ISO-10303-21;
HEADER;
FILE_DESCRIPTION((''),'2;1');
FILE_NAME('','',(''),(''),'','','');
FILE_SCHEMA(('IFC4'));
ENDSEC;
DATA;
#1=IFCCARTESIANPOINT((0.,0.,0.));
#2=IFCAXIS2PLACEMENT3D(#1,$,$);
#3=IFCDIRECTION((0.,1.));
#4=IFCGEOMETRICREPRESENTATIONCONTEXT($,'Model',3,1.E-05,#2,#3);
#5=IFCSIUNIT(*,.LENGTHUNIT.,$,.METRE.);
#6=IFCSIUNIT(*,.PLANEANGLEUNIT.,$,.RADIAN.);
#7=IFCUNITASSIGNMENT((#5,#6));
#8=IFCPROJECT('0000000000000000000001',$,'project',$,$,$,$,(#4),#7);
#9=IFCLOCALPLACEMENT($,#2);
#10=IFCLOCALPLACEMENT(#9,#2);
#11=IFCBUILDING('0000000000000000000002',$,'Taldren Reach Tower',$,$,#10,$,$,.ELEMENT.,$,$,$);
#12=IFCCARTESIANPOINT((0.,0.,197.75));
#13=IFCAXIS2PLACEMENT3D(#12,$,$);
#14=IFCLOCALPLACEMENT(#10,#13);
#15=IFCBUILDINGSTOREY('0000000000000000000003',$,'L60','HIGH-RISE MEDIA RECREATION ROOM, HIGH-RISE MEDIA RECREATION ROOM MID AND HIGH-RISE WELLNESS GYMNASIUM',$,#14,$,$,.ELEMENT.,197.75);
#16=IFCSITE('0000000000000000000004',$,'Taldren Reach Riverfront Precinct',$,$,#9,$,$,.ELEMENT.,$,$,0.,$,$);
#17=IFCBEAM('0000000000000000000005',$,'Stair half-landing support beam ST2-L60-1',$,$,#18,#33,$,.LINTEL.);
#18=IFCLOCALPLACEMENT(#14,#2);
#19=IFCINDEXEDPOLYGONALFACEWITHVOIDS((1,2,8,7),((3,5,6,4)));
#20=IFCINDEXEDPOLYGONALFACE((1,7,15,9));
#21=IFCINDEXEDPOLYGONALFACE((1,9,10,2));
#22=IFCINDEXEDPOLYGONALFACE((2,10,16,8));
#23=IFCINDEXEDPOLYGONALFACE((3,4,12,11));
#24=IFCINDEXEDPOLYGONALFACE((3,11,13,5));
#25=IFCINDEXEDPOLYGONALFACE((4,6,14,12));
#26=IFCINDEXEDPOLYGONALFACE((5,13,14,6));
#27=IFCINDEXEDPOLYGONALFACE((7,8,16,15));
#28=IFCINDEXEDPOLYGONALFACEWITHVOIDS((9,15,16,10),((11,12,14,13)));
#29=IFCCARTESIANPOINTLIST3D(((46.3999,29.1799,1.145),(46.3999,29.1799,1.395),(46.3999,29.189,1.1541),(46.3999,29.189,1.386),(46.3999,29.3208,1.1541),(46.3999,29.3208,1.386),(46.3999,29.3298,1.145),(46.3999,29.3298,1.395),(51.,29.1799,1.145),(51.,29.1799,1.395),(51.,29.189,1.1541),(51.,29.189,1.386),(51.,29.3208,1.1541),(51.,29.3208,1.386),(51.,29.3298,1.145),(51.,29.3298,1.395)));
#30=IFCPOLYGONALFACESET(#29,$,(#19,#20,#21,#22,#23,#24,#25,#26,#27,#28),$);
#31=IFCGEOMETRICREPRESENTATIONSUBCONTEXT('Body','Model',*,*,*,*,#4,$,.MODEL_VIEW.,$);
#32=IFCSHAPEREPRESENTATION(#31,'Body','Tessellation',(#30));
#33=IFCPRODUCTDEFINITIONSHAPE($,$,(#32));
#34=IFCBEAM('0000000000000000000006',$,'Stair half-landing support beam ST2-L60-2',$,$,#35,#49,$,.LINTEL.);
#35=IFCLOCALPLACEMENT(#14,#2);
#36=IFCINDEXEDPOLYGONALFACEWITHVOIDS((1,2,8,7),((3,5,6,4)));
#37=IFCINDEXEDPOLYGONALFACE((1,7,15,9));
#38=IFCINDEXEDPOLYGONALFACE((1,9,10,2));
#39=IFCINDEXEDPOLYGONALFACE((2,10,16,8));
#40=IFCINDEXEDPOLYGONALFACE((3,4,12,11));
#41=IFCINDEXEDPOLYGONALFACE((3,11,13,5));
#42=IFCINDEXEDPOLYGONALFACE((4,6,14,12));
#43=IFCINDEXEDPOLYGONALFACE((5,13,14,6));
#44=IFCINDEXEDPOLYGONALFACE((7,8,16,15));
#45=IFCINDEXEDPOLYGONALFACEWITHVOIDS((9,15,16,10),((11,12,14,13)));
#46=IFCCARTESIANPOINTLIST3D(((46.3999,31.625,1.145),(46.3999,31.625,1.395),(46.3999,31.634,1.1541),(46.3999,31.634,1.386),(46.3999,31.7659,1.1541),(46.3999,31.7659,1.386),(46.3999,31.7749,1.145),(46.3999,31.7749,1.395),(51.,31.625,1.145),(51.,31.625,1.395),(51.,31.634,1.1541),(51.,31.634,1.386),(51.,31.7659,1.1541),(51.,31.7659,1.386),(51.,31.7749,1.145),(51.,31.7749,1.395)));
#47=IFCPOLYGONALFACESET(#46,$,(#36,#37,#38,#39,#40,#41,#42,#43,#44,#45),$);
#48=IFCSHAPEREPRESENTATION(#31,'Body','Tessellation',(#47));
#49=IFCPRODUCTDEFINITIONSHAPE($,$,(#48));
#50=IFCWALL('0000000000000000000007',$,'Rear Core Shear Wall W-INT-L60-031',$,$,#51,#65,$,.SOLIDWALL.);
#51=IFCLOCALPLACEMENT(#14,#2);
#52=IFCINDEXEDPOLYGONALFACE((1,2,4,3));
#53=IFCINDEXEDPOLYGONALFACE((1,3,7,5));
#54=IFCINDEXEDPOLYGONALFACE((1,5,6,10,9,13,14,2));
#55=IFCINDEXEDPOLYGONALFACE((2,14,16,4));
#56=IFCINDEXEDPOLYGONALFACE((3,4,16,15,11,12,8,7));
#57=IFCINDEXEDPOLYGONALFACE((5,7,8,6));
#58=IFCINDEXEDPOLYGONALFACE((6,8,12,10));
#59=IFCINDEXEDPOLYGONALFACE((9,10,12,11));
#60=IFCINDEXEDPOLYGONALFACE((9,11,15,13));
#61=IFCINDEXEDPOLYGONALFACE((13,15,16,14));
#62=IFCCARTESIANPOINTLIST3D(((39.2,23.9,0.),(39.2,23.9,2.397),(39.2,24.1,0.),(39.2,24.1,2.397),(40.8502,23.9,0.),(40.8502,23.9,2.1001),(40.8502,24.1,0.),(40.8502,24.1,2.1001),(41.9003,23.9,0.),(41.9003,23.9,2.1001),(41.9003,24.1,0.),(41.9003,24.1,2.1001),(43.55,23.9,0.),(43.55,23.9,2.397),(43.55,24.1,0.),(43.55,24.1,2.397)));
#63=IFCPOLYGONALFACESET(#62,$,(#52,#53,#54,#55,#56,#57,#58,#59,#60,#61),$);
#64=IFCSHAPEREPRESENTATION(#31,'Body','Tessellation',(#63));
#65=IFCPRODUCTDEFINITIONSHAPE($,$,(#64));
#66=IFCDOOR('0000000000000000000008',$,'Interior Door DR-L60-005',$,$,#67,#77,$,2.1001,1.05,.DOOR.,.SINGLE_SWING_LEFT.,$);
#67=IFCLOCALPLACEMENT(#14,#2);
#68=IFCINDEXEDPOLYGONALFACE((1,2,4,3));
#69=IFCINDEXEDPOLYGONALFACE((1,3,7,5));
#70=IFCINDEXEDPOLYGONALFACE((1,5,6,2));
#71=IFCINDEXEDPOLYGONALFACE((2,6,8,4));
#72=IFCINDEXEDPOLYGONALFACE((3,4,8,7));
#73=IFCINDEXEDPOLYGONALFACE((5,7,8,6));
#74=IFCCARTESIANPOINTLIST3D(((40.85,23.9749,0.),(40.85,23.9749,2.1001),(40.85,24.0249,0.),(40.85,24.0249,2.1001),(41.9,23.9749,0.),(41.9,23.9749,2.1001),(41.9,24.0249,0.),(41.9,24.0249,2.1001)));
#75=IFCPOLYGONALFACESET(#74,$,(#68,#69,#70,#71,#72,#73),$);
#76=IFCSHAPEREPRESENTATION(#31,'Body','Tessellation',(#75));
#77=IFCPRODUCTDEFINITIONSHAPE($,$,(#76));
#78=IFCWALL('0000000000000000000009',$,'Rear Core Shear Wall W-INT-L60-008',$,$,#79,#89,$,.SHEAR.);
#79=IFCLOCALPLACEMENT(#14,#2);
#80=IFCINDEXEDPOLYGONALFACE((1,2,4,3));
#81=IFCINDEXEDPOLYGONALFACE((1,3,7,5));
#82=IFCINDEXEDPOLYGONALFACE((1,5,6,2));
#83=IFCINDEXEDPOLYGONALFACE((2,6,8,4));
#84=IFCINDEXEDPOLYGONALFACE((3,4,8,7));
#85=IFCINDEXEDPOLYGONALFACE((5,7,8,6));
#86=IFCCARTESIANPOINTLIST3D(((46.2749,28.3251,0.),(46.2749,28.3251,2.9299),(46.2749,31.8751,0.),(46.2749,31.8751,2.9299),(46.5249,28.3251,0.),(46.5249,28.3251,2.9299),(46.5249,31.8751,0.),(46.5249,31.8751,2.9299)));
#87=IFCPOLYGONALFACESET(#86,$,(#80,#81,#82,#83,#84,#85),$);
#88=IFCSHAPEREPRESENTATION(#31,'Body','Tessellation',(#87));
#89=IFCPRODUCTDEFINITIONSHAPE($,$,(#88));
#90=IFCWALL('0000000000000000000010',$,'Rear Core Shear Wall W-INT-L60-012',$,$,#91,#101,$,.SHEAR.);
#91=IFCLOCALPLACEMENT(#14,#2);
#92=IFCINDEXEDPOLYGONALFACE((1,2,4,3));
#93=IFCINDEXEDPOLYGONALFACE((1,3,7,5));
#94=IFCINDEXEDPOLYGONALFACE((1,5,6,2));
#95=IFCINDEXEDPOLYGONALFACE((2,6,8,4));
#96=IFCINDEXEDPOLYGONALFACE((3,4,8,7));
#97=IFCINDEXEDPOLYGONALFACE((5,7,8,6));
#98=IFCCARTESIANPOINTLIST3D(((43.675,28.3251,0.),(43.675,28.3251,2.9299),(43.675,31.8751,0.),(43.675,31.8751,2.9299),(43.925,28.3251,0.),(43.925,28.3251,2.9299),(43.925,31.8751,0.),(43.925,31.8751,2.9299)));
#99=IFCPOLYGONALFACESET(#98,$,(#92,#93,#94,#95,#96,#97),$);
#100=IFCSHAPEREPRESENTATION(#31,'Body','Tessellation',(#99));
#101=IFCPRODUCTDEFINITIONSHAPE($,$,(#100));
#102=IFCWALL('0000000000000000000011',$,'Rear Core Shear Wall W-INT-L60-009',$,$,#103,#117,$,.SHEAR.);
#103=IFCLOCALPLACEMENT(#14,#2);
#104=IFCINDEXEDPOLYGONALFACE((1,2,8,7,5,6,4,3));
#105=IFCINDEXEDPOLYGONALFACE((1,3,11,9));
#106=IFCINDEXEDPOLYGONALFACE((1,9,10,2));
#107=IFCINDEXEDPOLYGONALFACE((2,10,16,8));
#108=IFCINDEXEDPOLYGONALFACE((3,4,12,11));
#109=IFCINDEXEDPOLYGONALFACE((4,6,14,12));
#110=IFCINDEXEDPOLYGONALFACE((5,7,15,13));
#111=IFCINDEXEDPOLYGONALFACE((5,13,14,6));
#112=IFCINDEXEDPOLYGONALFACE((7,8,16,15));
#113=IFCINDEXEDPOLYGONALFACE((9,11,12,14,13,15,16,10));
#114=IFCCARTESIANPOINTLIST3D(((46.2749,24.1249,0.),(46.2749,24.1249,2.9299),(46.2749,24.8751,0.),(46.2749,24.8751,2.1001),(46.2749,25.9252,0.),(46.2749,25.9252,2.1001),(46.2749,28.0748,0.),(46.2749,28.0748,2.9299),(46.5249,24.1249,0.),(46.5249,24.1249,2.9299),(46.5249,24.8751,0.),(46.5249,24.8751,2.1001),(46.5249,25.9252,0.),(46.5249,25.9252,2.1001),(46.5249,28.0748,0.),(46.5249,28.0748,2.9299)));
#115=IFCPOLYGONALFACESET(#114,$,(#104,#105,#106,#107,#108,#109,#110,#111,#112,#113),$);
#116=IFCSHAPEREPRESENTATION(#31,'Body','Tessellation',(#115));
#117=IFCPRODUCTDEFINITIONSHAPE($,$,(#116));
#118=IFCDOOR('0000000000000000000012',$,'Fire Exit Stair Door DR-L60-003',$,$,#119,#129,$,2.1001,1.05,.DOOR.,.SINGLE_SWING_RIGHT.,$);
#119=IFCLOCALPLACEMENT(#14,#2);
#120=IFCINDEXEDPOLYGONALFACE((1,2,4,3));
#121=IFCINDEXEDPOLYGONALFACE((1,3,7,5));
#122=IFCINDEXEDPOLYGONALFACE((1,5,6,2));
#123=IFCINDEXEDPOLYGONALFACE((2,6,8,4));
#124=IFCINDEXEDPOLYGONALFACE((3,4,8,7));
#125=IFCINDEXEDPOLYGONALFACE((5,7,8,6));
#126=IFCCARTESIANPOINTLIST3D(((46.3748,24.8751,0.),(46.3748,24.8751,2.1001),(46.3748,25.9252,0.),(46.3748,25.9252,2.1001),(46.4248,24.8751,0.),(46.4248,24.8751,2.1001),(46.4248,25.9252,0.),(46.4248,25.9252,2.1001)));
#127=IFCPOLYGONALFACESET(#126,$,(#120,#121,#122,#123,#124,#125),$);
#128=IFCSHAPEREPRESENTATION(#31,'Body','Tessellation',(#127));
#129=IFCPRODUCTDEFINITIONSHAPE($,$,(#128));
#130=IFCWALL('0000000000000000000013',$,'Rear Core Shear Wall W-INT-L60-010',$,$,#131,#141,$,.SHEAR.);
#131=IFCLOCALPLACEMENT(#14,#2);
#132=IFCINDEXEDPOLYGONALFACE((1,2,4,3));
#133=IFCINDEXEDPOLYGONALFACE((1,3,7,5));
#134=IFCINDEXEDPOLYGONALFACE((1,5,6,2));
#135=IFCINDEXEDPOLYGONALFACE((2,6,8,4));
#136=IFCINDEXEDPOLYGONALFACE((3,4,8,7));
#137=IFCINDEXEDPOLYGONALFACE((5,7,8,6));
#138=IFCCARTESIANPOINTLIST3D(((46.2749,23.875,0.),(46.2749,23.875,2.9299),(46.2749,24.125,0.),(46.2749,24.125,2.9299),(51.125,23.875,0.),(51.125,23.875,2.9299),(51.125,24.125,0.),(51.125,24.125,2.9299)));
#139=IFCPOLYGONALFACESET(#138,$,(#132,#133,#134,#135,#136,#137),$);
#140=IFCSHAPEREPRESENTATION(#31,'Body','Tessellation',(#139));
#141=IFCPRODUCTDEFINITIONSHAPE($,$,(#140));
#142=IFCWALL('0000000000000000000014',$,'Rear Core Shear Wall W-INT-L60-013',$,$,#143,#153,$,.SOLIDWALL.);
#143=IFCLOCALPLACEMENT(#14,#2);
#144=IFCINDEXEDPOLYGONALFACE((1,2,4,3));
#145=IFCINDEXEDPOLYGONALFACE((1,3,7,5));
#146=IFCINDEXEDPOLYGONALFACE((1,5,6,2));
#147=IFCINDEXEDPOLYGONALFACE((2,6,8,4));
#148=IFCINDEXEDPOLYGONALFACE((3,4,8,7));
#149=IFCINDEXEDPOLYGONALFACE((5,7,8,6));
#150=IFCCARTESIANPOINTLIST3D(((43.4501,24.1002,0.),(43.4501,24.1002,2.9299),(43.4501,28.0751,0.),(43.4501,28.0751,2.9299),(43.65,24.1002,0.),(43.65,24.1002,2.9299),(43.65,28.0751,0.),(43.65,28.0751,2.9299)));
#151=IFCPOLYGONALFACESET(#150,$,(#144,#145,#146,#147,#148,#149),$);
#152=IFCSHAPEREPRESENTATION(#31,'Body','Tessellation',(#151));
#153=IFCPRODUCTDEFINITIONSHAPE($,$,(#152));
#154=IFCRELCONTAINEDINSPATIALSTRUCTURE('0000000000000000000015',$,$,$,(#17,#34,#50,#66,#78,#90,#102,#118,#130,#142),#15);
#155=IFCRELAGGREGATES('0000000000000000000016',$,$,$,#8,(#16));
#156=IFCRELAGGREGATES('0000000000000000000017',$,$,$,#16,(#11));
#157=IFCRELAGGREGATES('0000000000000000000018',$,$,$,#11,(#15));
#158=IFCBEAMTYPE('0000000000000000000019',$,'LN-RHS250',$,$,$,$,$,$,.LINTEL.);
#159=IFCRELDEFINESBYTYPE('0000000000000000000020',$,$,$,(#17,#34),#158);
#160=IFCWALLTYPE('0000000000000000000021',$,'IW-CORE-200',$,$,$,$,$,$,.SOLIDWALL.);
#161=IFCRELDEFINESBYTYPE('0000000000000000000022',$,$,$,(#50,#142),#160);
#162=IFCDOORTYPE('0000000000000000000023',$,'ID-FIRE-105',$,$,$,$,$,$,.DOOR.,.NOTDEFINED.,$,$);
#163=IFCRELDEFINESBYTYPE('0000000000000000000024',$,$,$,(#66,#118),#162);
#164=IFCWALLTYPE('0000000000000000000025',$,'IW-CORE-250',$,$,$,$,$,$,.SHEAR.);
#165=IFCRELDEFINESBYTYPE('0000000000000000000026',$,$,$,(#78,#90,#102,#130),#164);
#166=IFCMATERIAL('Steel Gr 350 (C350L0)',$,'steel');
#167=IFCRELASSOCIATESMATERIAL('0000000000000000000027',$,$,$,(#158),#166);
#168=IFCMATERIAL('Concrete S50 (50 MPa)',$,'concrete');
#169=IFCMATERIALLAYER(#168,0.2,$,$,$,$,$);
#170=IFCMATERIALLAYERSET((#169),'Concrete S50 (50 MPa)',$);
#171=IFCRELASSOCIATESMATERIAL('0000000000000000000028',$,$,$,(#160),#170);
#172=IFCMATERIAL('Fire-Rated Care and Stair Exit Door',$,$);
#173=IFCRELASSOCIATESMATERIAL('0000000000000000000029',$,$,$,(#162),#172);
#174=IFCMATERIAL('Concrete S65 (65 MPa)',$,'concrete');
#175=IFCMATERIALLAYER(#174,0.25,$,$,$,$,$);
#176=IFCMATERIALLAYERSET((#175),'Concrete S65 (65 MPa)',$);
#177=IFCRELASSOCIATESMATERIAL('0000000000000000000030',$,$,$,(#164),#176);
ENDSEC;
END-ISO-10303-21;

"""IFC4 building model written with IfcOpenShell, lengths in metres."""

from ifc_helpers import new_model, si_unit, direction, frame, frame_2d, origin, origin_2d, place, context, subcontext, project, spatial, rectangle, hollow_rectangle, extrude, source, transform, mapped, material, layer, layer_set, material_profile, profile_set, type_object, element, fill, save


model = new_model("IFC4")

# Units and contexts
model_context = context("Model", 3, precision=1e-05, world=origin(), true_north=direction((0.0, 1.0)))
body_context = subcontext(model_context, "Body", "Model", "MODEL_VIEW")
ifc_project = project(units=[si_unit("LENGTHUNIT", "METRE"), si_unit("PLANEANGLEUNIT", "RADIAN")], contexts=[model_context])

# Site, building, storey
site_placement = place(None, origin())
site = spatial("IfcSite", under=ifc_project, at=site_placement, Name="Taldren Reach Riverfront Precinct", CompositionType="ELEMENT", RefElevation=0.0)
building_placement = place(site_placement, origin())
building = spatial("IfcBuilding", under=site, at=building_placement, Name="Taldren Reach Tower", CompositionType="ELEMENT")
storey_placement = place(building_placement, frame((0.0, 0.0, 197.75)))
storey = spatial("IfcBuildingStorey", under=building, at=storey_placement, Name="L60", Description="HIGH-RISE MEDIA RECREATION ROOM, HIGH-RISE MEDIA RECREATION ROOM MID AND HIGH-RISE WELLNESS GYMNASIUM", CompositionType="ELEMENT", Elevation=197.75)

# Beams
ifc_material_1 = material(Name="Steel Gr 350 (C350L0)", Category="steel")
ifc_material_profile = material_profile(ifc_material_1, hollow_rectangle(XDim=0.1499, YDim=0.25, WallThickness=0.009, at=origin_2d()), Name="250x150x9.0RHS")
ifc_profile_set = profile_set([ifc_material_profile], Name="Steel Gr 350 (C350L0)")
beam_type = type_object("IfcBeamType", Name="LN-RHS250", PredefinedType="LINTEL", material=ifc_profile_set)
shared_shape_1 = source(origin(), body_context, "Body", "SweptSolid", [
    extrude(hollow_rectangle(XDim=0.1499, YDim=0.25, WallThickness=0.009, at=origin_2d()), origin(), (0.0, 0.0, 1.0), 4.6001),
])
for number, where, z_axis, x_axis, name in (
    (1, (46.3999, 29.2549, 1.27), (1.0, 0.0, 0.0), (0.0, 1.0, 0.0), "Stair half-landing support beam ST2-L60-1"),
    (2, (46.3999, 31.7, 1.27), (1.0, 0.0, 0.0), (0.0, 1.0, 0.0), "Stair half-landing support beam ST2-L60-2"),
):
    element("IfcBeam", number, at=place(storey_placement, frame(where, z_axis=z_axis, x_axis=x_axis)), inside=storey, type_object=beam_type, Name=name, PredefinedType="LINTEL", context=body_context, shape_type="MappedRepresentation", body=[
        mapped(shared_shape_1, transform((0.0, 0.0, 0.0), scale=1.0)),
    ])

# Wall, opening, door
ifc_material_2 = material(Name="Concrete S50 (50 MPa)", Category="concrete")
ifc_layer_1 = layer(ifc_material_2, 0.2)
ifc_layer_set_1 = layer_set([ifc_layer_1], Name="Concrete S50 (50 MPa)")
wall_type_1 = type_object("IfcWallType", Name="IW-CORE-200", PredefinedType="SOLIDWALL", material=ifc_layer_set_1)
shared_shape_2 = source(origin(), body_context, "Body", "SweptSolid", [
    extrude(rectangle(XDim=4.3501, YDim=0.2, at=frame_2d((2.175, 0.0))), origin(), (0.0, 0.0, 1.0), 2.397),
])
wall_1_placement = place(storey_placement, frame((43.55, 24.0, 0.0), z_axis=(0.0, 0.0, 1.0), x_axis=(-1.0, 0.0, 0.0)))
wall_1 = element("IfcWall", 3, at=wall_1_placement, inside=storey, type_object=wall_type_1, Name="Rear Core Shear Wall W-INT-L60-031", PredefinedType="SOLIDWALL", context=body_context, shape_type="MappedRepresentation", body=[
    mapped(shared_shape_2, transform((0.0, 0.0, 0.0), scale=1.0)),
])
shared_shape_3 = source(origin(), body_context, "Body", "SweptSolid", [
    extrude(rectangle(XDim=1.05, YDim=2.1001, at=frame_2d((0.5249, 1.05))), frame((0.0, 0.1099, 0.0), z_axis=(0.0, -1.0, 0.0), x_axis=(1.0, 0.0, 0.0)), (0.0, 0.0, 1.0), 0.22),
])
opening_1_placement = place(wall_1_placement, frame((1.6499, 0.0, 0.0)))
opening_1 = element("IfcOpeningElement", 4, at=opening_1_placement, cuts=wall_1, PredefinedType="OPENING", context=body_context, shape_type="MappedRepresentation", body=[
    mapped(shared_shape_3, transform((0.0, 0.0, 0.0), scale=1.0)),
])
ifc_material_3 = material(Name="Fire-Rated Care and Stair Exit Door")
door_type_1 = type_object("IfcDoorType", Name="ID-FIRE-105", OperationType="NOTDEFINED", PredefinedType="DOOR", material=ifc_material_3)
shared_shape_4 = source(origin(), body_context, "Body", "SweptSolid", [
    extrude(rectangle(XDim=1.05, YDim=2.1001, at=frame_2d((0.5249, 1.05))), frame((0.0, 0.0249, 0.0), z_axis=(0.0, -1.0, 0.0), x_axis=(1.0, 0.0, 0.0)), (0.0, 0.0, 1.0), 0.05),
])
door_1_placement = place(opening_1_placement, frame((1.05, 0.0, 0.0), z_axis=(0.0, 0.0, 1.0), x_axis=(-1.0, 0.0, 0.0)))
door_1 = element("IfcDoor", 5, at=door_1_placement, inside=storey, type_object=door_type_1, Name="Interior Door DR-L60-005", OperationType="SINGLE_SWING_LEFT", OverallHeight=2.1001, OverallWidth=1.05, PredefinedType="DOOR", context=body_context, shape_type="MappedRepresentation", body=[
    mapped(shared_shape_4, transform((0.0, 0.0, 0.0), scale=1.0)),
])
fill(opening_1, door_1)

# Walls
ifc_material_4 = material(Name="Concrete S65 (65 MPa)", Category="concrete")
ifc_layer_2 = layer(ifc_material_4, 0.25)
ifc_layer_set_2 = layer_set([ifc_layer_2], Name="Concrete S65 (65 MPa)")
wall_type_2 = type_object("IfcWallType", Name="IW-CORE-250", PredefinedType="SHEAR", material=ifc_layer_set_2)
shared_shape_5 = source(origin(), body_context, "Body", "SweptSolid", [
    extrude(rectangle(XDim=3.55, YDim=0.25, at=frame_2d((1.7749, 0.0))), origin(), (0.0, 0.0, 1.0), 2.9299),
])
for number, where, z_axis, x_axis, name in (
    (6, (46.3999, 31.875, 0.0), (0.0, 0.0, 1.0), (0.0, -1.0, 0.0), "Rear Core Shear Wall W-INT-L60-008"),
    (7, (43.8, 31.875, 0.0), (0.0, 0.0, 1.0), (0.0, -1.0, 0.0), "Rear Core Shear Wall W-INT-L60-012"),
):
    element("IfcWall", number, at=place(storey_placement, frame(where, z_axis=z_axis, x_axis=x_axis)), inside=storey, type_object=wall_type_2, Name=name, PredefinedType="SHEAR", context=body_context, shape_type="MappedRepresentation", body=[
        mapped(shared_shape_5, transform((0.0, 0.0, 0.0), scale=1.0)),
    ])

# Wall, opening, door
shared_shape_6 = source(origin(), body_context, "Body", "SweptSolid", [
    extrude(rectangle(XDim=3.95, YDim=0.25, at=frame_2d((1.9751, 0.0))), origin(), (0.0, 0.0, 1.0), 2.9299),
])
wall_2_placement = place(storey_placement, frame((46.3999, 28.075, 0.0), z_axis=(0.0, 0.0, 1.0), x_axis=(0.0, -1.0, 0.0)))
wall_2 = element("IfcWall", 8, at=wall_2_placement, inside=storey, type_object=wall_type_2, Name="Rear Core Shear Wall W-INT-L60-009", PredefinedType="SHEAR", context=body_context, shape_type="MappedRepresentation", body=[
    mapped(shared_shape_6, transform((0.0, 0.0, 0.0), scale=1.0)),
])
shared_shape_7 = source(origin(), body_context, "Body", "SweptSolid", [
    extrude(rectangle(XDim=1.05, YDim=2.1001, at=frame_2d((0.5249, 1.05))), frame((0.0, 0.135, 0.0), z_axis=(0.0, -1.0, 0.0), x_axis=(1.0, 0.0, 0.0)), (0.0, 0.0, 1.0), 0.27),
])
opening_2_placement = place(wall_2_placement, frame((2.1499, 0.0, 0.0)))
opening_2 = element("IfcOpeningElement", 9, at=opening_2_placement, cuts=wall_2, PredefinedType="OPENING", context=body_context, shape_type="MappedRepresentation", body=[
    mapped(shared_shape_7, transform((0.0, 0.0, 0.0), scale=1.0)),
])
door_2_placement = place(opening_2_placement, origin())
door_2 = element("IfcDoor", 10, at=door_2_placement, inside=storey, type_object=door_type_1, Name="Fire Exit Stair Door DR-L60-003", OperationType="SINGLE_SWING_RIGHT", OverallHeight=2.1001, OverallWidth=1.05, PredefinedType="DOOR", context=body_context, shape_type="MappedRepresentation", body=[
    mapped(shared_shape_4, transform((0.0, 0.0, 0.0), scale=1.0)),
])
fill(opening_2, door_2)

# Wall
shared_shape_8 = source(origin(), body_context, "Body", "SweptSolid", [
    extrude(rectangle(XDim=4.8501, YDim=0.25, at=frame_2d((2.425, 0.0))), origin(), (0.0, 0.0, 1.0), 2.9299),
])
wall_3_placement = place(storey_placement, frame((46.2749, 24.0, 0.0), z_axis=(0.0, 0.0, 1.0), x_axis=(1.0, 0.0, 0.0)))
element("IfcWall", 11, at=wall_3_placement, inside=storey, type_object=wall_type_2, Name="Rear Core Shear Wall W-INT-L60-010", PredefinedType="SHEAR", context=body_context, shape_type="MappedRepresentation", body=[
    mapped(shared_shape_8, transform((0.0, 0.0, 0.0), scale=1.0)),
])

# Wall
shared_shape_9 = source(origin(), body_context, "Body", "SweptSolid", [
    extrude(rectangle(XDim=3.9749, YDim=0.2, at=frame_2d((1.9873, 0.0))), origin(), (0.0, 0.0, 1.0), 2.9299),
])
wall_4_placement = place(storey_placement, frame((43.55, 28.075, 0.0), z_axis=(0.0, 0.0, 1.0), x_axis=(0.0, -1.0, 0.0)))
element("IfcWall", 12, at=wall_4_placement, inside=storey, type_object=wall_type_1, Name="Rear Core Shear Wall W-INT-L60-013", PredefinedType="SOLIDWALL", context=body_context, shape_type="MappedRepresentation", body=[
    mapped(shared_shape_9, transform((0.0, 0.0, 0.0), scale=1.0)),
])

save(model, "model.ifc")
